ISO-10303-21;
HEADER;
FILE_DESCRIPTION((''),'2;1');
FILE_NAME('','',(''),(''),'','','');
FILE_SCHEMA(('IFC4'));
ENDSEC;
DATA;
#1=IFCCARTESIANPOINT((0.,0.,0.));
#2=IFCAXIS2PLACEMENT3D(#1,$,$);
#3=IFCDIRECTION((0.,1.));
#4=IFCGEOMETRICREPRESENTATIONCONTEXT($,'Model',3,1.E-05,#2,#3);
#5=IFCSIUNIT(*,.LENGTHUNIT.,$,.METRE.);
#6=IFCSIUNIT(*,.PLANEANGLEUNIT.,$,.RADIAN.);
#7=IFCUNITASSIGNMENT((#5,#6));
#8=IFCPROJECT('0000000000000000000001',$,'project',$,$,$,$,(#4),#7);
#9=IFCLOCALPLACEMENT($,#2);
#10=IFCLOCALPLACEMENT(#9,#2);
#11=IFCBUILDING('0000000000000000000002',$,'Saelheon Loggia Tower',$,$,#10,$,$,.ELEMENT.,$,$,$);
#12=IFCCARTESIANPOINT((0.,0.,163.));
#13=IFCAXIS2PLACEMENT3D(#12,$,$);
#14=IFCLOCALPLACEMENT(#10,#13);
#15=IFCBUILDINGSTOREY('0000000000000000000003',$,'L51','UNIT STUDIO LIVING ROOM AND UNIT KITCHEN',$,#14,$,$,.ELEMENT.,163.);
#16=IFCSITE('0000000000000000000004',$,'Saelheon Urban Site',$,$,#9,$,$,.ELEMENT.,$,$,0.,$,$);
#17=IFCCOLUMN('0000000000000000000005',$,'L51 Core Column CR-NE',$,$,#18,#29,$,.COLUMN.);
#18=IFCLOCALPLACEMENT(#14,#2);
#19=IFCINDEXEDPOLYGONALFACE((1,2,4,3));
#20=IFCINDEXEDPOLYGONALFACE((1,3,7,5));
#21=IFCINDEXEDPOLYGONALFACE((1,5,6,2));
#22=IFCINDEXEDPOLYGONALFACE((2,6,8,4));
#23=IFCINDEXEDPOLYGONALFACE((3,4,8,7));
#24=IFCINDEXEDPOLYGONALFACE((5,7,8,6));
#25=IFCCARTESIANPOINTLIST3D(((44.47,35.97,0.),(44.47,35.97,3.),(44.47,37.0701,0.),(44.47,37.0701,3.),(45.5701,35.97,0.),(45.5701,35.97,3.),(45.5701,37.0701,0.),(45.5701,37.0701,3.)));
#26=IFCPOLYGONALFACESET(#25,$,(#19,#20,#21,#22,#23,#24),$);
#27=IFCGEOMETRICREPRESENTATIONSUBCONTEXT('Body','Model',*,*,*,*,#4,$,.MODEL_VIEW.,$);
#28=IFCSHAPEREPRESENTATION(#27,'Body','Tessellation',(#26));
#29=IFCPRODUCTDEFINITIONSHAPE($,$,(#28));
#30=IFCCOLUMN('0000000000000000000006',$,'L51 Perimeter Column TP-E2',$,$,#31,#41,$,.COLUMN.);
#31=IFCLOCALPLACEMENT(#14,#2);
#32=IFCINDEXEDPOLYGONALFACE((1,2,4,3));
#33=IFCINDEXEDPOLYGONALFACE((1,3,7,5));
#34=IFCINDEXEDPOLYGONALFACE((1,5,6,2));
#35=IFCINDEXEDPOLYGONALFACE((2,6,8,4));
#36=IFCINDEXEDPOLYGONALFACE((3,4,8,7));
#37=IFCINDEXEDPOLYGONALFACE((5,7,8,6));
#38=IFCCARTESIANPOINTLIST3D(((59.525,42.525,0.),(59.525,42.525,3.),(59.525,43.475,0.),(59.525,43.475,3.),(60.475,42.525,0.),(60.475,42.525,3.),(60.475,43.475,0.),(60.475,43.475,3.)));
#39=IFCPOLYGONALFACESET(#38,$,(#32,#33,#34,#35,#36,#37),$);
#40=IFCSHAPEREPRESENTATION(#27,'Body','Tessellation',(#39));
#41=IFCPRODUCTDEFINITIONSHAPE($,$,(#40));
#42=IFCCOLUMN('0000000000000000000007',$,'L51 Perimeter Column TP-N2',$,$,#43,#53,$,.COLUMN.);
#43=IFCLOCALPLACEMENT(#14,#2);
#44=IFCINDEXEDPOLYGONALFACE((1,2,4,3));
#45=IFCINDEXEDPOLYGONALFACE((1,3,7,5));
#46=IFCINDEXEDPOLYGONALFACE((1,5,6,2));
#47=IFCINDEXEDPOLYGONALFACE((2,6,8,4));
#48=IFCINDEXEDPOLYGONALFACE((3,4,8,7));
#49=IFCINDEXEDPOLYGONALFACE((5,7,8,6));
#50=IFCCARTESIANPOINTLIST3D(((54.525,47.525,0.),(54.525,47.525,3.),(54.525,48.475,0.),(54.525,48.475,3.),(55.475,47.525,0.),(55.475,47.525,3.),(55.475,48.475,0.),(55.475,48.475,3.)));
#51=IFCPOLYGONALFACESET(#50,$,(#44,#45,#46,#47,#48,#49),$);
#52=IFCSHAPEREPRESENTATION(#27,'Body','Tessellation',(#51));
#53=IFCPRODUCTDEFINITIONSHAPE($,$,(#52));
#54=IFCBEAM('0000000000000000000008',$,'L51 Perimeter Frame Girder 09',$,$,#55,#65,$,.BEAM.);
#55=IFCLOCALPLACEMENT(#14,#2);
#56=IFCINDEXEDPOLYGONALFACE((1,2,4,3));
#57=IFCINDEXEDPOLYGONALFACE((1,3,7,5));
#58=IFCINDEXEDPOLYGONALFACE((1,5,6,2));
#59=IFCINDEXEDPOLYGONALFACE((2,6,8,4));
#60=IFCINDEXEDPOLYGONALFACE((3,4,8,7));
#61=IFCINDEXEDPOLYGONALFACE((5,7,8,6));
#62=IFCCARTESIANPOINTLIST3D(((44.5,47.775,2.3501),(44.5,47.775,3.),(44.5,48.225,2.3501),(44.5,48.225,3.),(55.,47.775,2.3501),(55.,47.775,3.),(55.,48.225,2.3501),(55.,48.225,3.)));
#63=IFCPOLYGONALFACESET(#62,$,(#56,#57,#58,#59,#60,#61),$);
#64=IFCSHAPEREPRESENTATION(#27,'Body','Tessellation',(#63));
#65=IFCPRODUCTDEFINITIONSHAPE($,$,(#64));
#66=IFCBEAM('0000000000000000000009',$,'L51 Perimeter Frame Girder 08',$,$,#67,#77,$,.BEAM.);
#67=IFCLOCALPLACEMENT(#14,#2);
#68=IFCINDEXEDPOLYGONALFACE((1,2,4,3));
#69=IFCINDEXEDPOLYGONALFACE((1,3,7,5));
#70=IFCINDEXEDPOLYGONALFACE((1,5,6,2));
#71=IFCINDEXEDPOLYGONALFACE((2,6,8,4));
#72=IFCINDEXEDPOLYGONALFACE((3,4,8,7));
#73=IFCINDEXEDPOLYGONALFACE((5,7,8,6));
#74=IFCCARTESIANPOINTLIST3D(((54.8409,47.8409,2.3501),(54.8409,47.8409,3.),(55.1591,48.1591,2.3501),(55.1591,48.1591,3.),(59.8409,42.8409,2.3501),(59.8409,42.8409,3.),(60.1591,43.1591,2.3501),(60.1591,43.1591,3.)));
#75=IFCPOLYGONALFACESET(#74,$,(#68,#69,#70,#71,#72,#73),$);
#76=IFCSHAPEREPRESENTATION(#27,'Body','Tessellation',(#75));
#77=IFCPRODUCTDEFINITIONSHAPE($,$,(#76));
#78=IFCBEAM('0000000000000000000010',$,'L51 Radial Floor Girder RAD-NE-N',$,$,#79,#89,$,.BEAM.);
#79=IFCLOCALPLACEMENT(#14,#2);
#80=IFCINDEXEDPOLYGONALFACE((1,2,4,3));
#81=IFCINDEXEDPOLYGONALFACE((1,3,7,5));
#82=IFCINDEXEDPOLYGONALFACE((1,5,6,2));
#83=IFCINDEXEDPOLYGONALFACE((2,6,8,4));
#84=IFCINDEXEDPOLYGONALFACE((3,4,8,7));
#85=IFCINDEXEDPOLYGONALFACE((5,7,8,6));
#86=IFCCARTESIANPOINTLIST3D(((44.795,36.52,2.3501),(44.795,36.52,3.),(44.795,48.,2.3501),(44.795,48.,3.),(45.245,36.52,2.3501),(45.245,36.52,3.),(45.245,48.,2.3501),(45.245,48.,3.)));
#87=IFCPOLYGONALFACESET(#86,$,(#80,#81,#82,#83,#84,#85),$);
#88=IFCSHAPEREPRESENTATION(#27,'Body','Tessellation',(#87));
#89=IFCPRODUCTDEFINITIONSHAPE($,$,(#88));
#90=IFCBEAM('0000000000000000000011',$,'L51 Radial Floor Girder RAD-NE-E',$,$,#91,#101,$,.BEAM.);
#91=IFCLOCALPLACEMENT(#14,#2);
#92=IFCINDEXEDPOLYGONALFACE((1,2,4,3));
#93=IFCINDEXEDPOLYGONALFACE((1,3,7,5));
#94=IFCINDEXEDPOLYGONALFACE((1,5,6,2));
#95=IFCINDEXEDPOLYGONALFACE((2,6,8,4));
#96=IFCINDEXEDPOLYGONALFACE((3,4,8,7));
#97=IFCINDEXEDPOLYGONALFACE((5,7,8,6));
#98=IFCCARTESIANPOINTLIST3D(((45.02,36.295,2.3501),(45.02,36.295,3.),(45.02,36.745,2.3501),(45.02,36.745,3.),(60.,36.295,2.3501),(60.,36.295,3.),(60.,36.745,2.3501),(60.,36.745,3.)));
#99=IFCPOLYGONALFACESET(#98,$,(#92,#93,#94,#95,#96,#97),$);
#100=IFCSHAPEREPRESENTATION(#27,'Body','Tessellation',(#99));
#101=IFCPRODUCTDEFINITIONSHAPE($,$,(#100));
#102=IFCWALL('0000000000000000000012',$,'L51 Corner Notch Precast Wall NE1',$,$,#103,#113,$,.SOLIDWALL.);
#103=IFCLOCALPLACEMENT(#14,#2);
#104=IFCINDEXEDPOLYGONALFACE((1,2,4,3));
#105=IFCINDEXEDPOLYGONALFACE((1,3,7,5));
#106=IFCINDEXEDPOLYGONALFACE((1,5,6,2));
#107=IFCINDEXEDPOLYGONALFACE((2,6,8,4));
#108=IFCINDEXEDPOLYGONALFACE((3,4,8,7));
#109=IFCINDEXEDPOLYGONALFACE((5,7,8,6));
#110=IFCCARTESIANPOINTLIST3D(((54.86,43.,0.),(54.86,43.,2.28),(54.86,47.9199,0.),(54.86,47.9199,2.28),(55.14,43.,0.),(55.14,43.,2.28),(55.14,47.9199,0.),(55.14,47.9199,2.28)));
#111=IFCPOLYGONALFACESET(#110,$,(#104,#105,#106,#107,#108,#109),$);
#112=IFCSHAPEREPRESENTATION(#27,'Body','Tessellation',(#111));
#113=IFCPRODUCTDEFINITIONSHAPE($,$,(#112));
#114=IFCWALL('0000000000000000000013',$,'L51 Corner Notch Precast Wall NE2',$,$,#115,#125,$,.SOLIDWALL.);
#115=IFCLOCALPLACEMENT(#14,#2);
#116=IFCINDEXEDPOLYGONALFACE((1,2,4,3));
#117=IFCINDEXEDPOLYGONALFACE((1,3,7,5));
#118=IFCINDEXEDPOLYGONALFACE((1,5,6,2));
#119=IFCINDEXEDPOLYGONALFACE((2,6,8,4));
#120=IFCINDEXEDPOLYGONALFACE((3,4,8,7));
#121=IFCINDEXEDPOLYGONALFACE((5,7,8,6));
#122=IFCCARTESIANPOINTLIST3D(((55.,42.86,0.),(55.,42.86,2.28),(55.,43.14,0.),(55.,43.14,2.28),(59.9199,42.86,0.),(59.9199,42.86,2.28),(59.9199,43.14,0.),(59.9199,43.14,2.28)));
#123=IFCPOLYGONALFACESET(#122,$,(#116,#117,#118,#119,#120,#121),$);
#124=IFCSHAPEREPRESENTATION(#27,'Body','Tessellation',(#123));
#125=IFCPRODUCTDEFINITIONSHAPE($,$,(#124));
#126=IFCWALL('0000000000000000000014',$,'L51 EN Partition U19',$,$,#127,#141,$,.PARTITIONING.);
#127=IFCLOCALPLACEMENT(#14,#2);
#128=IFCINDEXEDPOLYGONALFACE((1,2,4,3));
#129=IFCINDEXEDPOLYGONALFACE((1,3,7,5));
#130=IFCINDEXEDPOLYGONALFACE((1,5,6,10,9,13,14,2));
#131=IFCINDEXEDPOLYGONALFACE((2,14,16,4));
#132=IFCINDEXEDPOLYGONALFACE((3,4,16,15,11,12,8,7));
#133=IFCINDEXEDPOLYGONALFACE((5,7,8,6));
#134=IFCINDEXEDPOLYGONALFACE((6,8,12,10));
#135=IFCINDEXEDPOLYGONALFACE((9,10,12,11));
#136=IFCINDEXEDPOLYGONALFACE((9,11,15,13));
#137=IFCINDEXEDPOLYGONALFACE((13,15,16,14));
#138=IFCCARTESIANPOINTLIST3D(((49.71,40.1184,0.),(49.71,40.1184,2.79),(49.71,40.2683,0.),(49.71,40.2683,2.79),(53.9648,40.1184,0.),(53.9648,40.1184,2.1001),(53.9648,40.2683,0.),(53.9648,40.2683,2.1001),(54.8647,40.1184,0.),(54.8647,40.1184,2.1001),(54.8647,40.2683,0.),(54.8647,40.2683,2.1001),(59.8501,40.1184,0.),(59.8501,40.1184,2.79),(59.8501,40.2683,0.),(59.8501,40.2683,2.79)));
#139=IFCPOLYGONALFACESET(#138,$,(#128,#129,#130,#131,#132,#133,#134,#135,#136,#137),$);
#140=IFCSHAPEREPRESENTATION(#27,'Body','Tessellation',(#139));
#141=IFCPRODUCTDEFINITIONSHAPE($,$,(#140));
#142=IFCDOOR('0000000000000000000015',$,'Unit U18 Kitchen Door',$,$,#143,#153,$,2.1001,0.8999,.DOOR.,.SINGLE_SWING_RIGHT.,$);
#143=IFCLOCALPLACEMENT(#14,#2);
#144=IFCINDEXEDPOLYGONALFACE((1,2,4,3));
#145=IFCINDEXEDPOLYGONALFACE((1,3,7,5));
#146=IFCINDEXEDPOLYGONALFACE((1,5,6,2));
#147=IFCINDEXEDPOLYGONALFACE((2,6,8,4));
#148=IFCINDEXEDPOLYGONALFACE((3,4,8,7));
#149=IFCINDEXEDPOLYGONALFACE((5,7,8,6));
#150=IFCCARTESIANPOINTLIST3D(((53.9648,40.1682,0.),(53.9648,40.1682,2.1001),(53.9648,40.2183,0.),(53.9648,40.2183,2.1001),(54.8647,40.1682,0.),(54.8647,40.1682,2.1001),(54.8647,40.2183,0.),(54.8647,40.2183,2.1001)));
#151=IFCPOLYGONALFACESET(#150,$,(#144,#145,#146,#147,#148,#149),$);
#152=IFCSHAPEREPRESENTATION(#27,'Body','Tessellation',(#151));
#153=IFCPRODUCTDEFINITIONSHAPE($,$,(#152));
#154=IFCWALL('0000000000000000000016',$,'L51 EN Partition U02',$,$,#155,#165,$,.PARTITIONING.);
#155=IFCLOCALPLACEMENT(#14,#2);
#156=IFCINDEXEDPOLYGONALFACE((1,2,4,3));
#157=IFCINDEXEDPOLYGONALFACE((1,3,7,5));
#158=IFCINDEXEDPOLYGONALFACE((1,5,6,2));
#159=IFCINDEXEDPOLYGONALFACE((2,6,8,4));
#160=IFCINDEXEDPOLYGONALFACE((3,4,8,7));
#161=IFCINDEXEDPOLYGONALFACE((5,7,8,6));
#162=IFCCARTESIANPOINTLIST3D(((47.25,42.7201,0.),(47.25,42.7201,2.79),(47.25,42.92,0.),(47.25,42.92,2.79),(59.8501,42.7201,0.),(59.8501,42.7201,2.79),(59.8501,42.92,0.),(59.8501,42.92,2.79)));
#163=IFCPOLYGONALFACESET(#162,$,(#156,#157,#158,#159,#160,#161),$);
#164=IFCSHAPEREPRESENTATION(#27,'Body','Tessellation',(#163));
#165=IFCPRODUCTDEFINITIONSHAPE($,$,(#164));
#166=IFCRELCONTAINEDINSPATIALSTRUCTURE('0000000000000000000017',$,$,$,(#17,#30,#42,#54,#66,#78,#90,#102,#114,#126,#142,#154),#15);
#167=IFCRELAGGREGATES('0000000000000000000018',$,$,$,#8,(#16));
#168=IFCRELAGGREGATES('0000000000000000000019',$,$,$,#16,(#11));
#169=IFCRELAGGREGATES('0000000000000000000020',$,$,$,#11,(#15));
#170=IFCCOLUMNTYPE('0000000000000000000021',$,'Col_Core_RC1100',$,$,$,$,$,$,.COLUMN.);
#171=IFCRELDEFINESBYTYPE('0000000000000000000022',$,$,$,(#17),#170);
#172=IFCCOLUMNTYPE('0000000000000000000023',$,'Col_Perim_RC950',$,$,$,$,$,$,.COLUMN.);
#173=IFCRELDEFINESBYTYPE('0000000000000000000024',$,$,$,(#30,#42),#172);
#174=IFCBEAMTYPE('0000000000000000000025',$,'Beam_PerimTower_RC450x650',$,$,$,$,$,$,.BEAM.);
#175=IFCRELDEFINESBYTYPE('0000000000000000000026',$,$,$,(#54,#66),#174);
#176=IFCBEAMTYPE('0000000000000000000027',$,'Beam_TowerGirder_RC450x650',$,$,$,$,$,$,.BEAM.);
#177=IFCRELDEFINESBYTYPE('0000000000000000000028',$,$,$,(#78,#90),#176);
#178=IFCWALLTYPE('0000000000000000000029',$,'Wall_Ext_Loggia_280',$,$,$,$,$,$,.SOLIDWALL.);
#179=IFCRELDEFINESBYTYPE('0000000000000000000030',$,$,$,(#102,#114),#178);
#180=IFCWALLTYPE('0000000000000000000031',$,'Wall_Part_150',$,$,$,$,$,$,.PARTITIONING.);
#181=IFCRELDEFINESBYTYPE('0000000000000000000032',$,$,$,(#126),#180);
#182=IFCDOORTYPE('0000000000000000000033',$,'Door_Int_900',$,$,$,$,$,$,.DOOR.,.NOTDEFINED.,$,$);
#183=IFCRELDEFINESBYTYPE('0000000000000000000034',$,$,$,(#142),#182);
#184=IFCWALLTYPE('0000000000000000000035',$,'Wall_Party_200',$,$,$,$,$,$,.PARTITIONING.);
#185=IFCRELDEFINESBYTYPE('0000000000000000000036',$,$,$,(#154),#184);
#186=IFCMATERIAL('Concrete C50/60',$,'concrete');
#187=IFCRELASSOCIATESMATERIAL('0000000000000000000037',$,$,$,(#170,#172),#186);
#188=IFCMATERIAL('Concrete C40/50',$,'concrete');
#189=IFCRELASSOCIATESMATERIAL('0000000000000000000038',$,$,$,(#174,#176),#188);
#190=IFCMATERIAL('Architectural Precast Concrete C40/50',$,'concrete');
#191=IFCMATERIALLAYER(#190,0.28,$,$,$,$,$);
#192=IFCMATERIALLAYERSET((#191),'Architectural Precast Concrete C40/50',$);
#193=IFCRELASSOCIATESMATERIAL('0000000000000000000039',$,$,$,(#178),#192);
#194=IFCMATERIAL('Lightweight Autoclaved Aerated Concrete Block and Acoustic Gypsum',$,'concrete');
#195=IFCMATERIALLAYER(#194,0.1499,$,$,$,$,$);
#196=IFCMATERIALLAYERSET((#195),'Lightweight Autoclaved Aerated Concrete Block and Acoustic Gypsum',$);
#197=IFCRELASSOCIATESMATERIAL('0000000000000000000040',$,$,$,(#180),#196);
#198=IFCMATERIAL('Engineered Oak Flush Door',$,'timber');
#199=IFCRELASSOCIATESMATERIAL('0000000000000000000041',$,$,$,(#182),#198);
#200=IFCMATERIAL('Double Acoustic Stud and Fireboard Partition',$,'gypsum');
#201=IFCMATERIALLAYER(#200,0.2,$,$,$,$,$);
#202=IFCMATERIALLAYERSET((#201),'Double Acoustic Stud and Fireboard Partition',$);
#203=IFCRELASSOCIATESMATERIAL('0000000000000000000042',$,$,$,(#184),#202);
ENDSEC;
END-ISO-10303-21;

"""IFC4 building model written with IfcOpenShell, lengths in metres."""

from ifc_helpers import new_model, si_unit, direction, frame, frame_2d, origin, origin_2d, place, context, subcontext, project, spatial, rectangle, extrude, source, transform, mapped, material, layer, layer_set, material_profile, profile_set, type_object, element, fill, save


model = new_model("IFC4")

# Units and contexts
model_context = context("Model", 3, precision=1e-05, world=origin(), true_north=direction((0.0, 1.0)))
body_context = subcontext(model_context, "Body", "Model", "MODEL_VIEW")
ifc_project = project(units=[si_unit("LENGTHUNIT", "METRE"), si_unit("PLANEANGLEUNIT", "RADIAN")], contexts=[model_context])

# Site, building, storey
site_placement = place(None, origin())
site = spatial("IfcSite", under=ifc_project, at=site_placement, Name="Saelheon Urban Site", CompositionType="ELEMENT", RefElevation=0.0)
building_placement = place(site_placement, origin())
building = spatial("IfcBuilding", under=site, at=building_placement, Name="Saelheon Loggia Tower", CompositionType="ELEMENT")
storey_placement = place(building_placement, frame((0.0, 0.0, 163.0)))
storey = spatial("IfcBuildingStorey", under=building, at=storey_placement, Name="L51", Description="UNIT STUDIO LIVING ROOM AND UNIT KITCHEN", CompositionType="ELEMENT", Elevation=163.0)

# Columns
ifc_material_1 = material(Name="Concrete C50/60", Category="concrete")
ifc_material_profile_1 = material_profile(ifc_material_1, rectangle(XDim=1.1001, YDim=1.1001, at=origin_2d()), Name="RC-1100x1100")
ifc_profile_set_1 = profile_set([ifc_material_profile_1], Name="Concrete C50/60")
column_type_1 = type_object("IfcColumnType", Name="Col_Core_RC1100", PredefinedType="COLUMN", material=ifc_profile_set_1)
shared_shape_1 = source(origin(), body_context, "Body", "SweptSolid", [
    extrude(rectangle(XDim=1.1001, YDim=1.1001, at=origin_2d()), origin(), (0.0, 0.0, 1.0), 3.0),
])
column_placement = place(storey_placement, frame((45.02, 36.52, 0.0), z_axis=(0.0, 0.0, 1.0), x_axis=(1.0, 0.0, 0.0)))
element("IfcColumn", 1, at=column_placement, inside=storey, type_object=column_type_1, Name="L51 Core Column CR-NE", PredefinedType="COLUMN", context=body_context, shape_type="MappedRepresentation", body=[
    mapped(shared_shape_1, transform((0.0, 0.0, 0.0), scale=1.0)),
])
ifc_material_profile_2 = material_profile(ifc_material_1, rectangle(XDim=0.95, YDim=0.95, at=origin_2d()), Name="RC-950x950")
ifc_profile_set_2 = profile_set([ifc_material_profile_2], Name="Concrete C50/60")
column_type_2 = type_object("IfcColumnType", Name="Col_Perim_RC950", PredefinedType="COLUMN", material=ifc_profile_set_2)
shared_shape_2 = source(origin(), body_context, "Body", "SweptSolid", [
    extrude(rectangle(XDim=0.95, YDim=0.95, at=origin_2d()), origin(), (0.0, 0.0, 1.0), 3.0),
])
for number, where, z_axis, x_axis, name in (
    (2, (60.0, 43.0, 0.0), (0.0, 0.0, 1.0), (1.0, 0.0, 0.0), "L51 Perimeter Column TP-E2"),
    (3, (55.0, 48.0, 0.0), (0.0, 0.0, 1.0), (1.0, 0.0, 0.0), "L51 Perimeter Column TP-N2"),
):
    element("IfcColumn", number, at=place(storey_placement, frame(where, z_axis=z_axis, x_axis=x_axis)), inside=storey, type_object=column_type_2, Name=name, PredefinedType="COLUMN", context=body_context, shape_type="MappedRepresentation", body=[
        mapped(shared_shape_2, transform((0.0, 0.0, 0.0), scale=1.0)),
    ])

# Beams
ifc_material_2 = material(Name="Concrete C40/50", Category="concrete")
ifc_material_profile_3 = material_profile(ifc_material_2, rectangle(XDim=0.45, YDim=0.6499, at=origin_2d()), Name="RC-450x650")
ifc_profile_set_3 = profile_set([ifc_material_profile_3], Name="Concrete C40/50")
beam_type_1 = type_object("IfcBeamType", Name="Beam_PerimTower_RC450x650", PredefinedType="BEAM", material=ifc_profile_set_3)
shared_shape_3 = source(origin(), body_context, "Body", "SweptSolid", [
    extrude(rectangle(XDim=0.45, YDim=0.6499, at=origin_2d()), origin(), (0.0, 0.0, 1.0), 10.5),
])
beam_1_placement = place(storey_placement, frame((55.0, 48.0, 2.675), z_axis=(-1.0, 0.0, 0.0), x_axis=(0.0, -1.0, 0.0)))
element("IfcBeam", 4, at=beam_1_placement, inside=storey, type_object=beam_type_1, Name="L51 Perimeter Frame Girder 09", PredefinedType="BEAM", context=body_context, shape_type="MappedRepresentation", body=[
    mapped(shared_shape_3, transform((0.0, 0.0, 0.0), scale=1.0)),
])
shared_shape_4 = source(origin(), body_context, "Body", "SweptSolid", [
    extrude(rectangle(XDim=0.45, YDim=0.6499, at=origin_2d()), origin(), (0.0, 0.0, 1.0), 7.071),
])
beam_2_placement = place(storey_placement, frame((60.0, 43.0, 2.675), z_axis=(-0.707107, 0.707107, 0.0), x_axis=(-0.707107, -0.707107, 0.0)))
element("IfcBeam", 5, at=beam_2_placement, inside=storey, type_object=beam_type_1, Name="L51 Perimeter Frame Girder 08", PredefinedType="BEAM", context=body_context, shape_type="MappedRepresentation", body=[
    mapped(shared_shape_4, transform((0.0, 0.0, 0.0), scale=1.0)),
])
ifc_material_profile_4 = material_profile(ifc_material_2, rectangle(XDim=0.45, YDim=0.6499, at=origin_2d()), Name="RC-450x650")
ifc_profile_set_4 = profile_set([ifc_material_profile_4], Name="Concrete C40/50")
beam_type_2 = type_object("IfcBeamType", Name="Beam_TowerGirder_RC450x650", PredefinedType="BEAM", material=ifc_profile_set_4)
shared_shape_5 = source(origin(), body_context, "Body", "SweptSolid", [
    extrude(rectangle(XDim=0.45, YDim=0.6499, at=origin_2d()), origin(), (0.0, 0.0, 1.0), 11.48),
])
beam_3_placement = place(storey_placement, frame((45.02, 36.52, 2.675), z_axis=(0.0, 1.0, 0.0), x_axis=(-1.0, 0.0, 0.0)))
element("IfcBeam", 6, at=beam_3_placement, inside=storey, type_object=beam_type_2, Name="L51 Radial Floor Girder RAD-NE-N", PredefinedType="BEAM", context=body_context, shape_type="MappedRepresentation", body=[
    mapped(shared_shape_5, transform((0.0, 0.0, 0.0), scale=1.0)),
])
shared_shape_6 = source(origin(), body_context, "Body", "SweptSolid", [
    extrude(rectangle(XDim=0.45, YDim=0.6499, at=origin_2d()), origin(), (0.0, 0.0, 1.0), 14.98),
])
beam_4_placement = place(storey_placement, frame((45.02, 36.52, 2.675), z_axis=(1.0, 0.0, 0.0), x_axis=(0.0, 1.0, 0.0)))
element("IfcBeam", 7, at=beam_4_placement, inside=storey, type_object=beam_type_2, Name="L51 Radial Floor Girder RAD-NE-E", PredefinedType="BEAM", context=body_context, shape_type="MappedRepresentation", body=[
    mapped(shared_shape_6, transform((0.0, 0.0, 0.0), scale=1.0)),
])

# Walls
ifc_material_3 = material(Name="Architectural Precast Concrete C40/50", Category="concrete")
ifc_layer_1 = layer(ifc_material_3, 0.28)
ifc_layer_set_1 = layer_set([ifc_layer_1], Name="Architectural Precast Concrete C40/50")
wall_type_1 = type_object("IfcWallType", Name="Wall_Ext_Loggia_280", PredefinedType="SOLIDWALL", material=ifc_layer_set_1)
for number, where, z_axis, x_axis, name in (
    (8, (55.0, 43.0, 0.0), (0.0, 0.0, 1.0), (0.0, 1.0, 0.0), "L51 Corner Notch Precast Wall NE1"),
    (9, (55.0, 43.0, 0.0), (0.0, 0.0, 1.0), (1.0, 0.0, 0.0), "L51 Corner Notch Precast Wall NE2"),
):
    element("IfcWall", number, at=place(storey_placement, frame(where, z_axis=z_axis, x_axis=x_axis)), inside=storey, type_object=wall_type_1, Name=name, PredefinedType="SOLIDWALL", context=body_context, shape_type="SweptSolid", body=[
        extrude(rectangle(XDim=4.9199, YDim=0.28, at=frame_2d((2.46, 0.0))), origin(), (0.0, 0.0, 1.0), 2.28),
    ])

# Wall, opening, door
ifc_material_4 = material(Name="Lightweight Autoclaved Aerated Concrete Block and Acoustic Gypsum", Category="concrete")
ifc_layer_2 = layer(ifc_material_4, 0.1499)
ifc_layer_set_2 = layer_set([ifc_layer_2], Name="Lightweight Autoclaved Aerated Concrete Block and Acoustic Gypsum")
wall_type_2 = type_object("IfcWallType", Name="Wall_Part_150", PredefinedType="PARTITIONING", material=ifc_layer_set_2)
wall_1_placement = place(storey_placement, frame((49.71, 40.1934, 0.0), z_axis=(0.0, 0.0, 1.0), x_axis=(1.0, 0.0, 0.0)))
wall_1 = element("IfcWall", 10, at=wall_1_placement, inside=storey, type_object=wall_type_2, Name="L51 EN Partition U19", PredefinedType="PARTITIONING", context=body_context, shape_type="SweptSolid", body=[
    extrude(rectangle(XDim=10.1401, YDim=0.1499, at=frame_2d((5.0701, 0.0))), origin(), (0.0, 0.0, 1.0), 2.79),
])
opening_1_placement = place(wall_1_placement, frame((4.2549, 0.0, 0.0)))
opening_1 = element("IfcOpeningElement", 11, at=opening_1_placement, cuts=wall_1, PredefinedType="OPENING", context=body_context, shape_type="SweptSolid", body=[
    extrude(rectangle(XDim=0.8999, YDim=2.1001, at=frame_2d((0.45, 1.05))), frame((0.0, 0.0869, 0.0), z_axis=(0.0, -1.0, 0.0), x_axis=(1.0, 0.0, 0.0)), (0.0, 0.0, 1.0), 0.1738),
])
ifc_material_5 = material(Name="Engineered Oak Flush Door", Category="timber")
door_type_1 = type_object("IfcDoorType", Name="Door_Int_900", OperationType="NOTDEFINED", PredefinedType="DOOR", material=ifc_material_5)
shared_shape_7 = source(origin(), body_context, "Body", "SweptSolid", [
    extrude(rectangle(XDim=0.8999, YDim=2.1001, at=frame_2d((0.45, 1.05))), frame((0.0, 0.0249, 0.0), z_axis=(0.0, -1.0, 0.0), x_axis=(1.0, 0.0, 0.0)), (0.0, 0.0, 1.0), 0.05),
])
door_1_placement = place(opening_1_placement, origin())
door_1 = element("IfcDoor", 12, at=door_1_placement, inside=storey, type_object=door_type_1, Name="Unit U18 Kitchen Door", OperationType="SINGLE_SWING_RIGHT", OverallHeight=2.1001, OverallWidth=0.8999, PredefinedType="DOOR", context=body_context, shape_type="MappedRepresentation", body=[
    mapped(shared_shape_7, transform((0.0, 0.0, 0.0), scale=1.0)),
])
fill(opening_1, door_1)

# Wall
ifc_material_6 = material(Name="Double Acoustic Stud and Fireboard Partition", Category="gypsum")
ifc_layer_3 = layer(ifc_material_6, 0.2)
ifc_layer_set_3 = layer_set([ifc_layer_3], Name="Double Acoustic Stud and Fireboard Partition")
wall_type_3 = type_object("IfcWallType", Name="Wall_Party_200", PredefinedType="PARTITIONING", material=ifc_layer_set_3)
for number, where, z_axis, x_axis, name in (
    (13, (47.25, 42.8201, 0.0), (0.0, 0.0, 1.0), (1.0, 0.0, 0.0), "L51 EN Partition U02"),
):
    element("IfcWall", number, at=place(storey_placement, frame(where, z_axis=z_axis, x_axis=x_axis)), inside=storey, type_object=wall_type_3, Name=name, PredefinedType="PARTITIONING", context=body_context, shape_type="SweptSolid", body=[
        extrude(rectangle(XDim=12.6001, YDim=0.2, at=frame_2d((6.3, 0.0))), origin(), (0.0, 0.0, 1.0), 2.79),
    ])

save(model, "model.ifc")
